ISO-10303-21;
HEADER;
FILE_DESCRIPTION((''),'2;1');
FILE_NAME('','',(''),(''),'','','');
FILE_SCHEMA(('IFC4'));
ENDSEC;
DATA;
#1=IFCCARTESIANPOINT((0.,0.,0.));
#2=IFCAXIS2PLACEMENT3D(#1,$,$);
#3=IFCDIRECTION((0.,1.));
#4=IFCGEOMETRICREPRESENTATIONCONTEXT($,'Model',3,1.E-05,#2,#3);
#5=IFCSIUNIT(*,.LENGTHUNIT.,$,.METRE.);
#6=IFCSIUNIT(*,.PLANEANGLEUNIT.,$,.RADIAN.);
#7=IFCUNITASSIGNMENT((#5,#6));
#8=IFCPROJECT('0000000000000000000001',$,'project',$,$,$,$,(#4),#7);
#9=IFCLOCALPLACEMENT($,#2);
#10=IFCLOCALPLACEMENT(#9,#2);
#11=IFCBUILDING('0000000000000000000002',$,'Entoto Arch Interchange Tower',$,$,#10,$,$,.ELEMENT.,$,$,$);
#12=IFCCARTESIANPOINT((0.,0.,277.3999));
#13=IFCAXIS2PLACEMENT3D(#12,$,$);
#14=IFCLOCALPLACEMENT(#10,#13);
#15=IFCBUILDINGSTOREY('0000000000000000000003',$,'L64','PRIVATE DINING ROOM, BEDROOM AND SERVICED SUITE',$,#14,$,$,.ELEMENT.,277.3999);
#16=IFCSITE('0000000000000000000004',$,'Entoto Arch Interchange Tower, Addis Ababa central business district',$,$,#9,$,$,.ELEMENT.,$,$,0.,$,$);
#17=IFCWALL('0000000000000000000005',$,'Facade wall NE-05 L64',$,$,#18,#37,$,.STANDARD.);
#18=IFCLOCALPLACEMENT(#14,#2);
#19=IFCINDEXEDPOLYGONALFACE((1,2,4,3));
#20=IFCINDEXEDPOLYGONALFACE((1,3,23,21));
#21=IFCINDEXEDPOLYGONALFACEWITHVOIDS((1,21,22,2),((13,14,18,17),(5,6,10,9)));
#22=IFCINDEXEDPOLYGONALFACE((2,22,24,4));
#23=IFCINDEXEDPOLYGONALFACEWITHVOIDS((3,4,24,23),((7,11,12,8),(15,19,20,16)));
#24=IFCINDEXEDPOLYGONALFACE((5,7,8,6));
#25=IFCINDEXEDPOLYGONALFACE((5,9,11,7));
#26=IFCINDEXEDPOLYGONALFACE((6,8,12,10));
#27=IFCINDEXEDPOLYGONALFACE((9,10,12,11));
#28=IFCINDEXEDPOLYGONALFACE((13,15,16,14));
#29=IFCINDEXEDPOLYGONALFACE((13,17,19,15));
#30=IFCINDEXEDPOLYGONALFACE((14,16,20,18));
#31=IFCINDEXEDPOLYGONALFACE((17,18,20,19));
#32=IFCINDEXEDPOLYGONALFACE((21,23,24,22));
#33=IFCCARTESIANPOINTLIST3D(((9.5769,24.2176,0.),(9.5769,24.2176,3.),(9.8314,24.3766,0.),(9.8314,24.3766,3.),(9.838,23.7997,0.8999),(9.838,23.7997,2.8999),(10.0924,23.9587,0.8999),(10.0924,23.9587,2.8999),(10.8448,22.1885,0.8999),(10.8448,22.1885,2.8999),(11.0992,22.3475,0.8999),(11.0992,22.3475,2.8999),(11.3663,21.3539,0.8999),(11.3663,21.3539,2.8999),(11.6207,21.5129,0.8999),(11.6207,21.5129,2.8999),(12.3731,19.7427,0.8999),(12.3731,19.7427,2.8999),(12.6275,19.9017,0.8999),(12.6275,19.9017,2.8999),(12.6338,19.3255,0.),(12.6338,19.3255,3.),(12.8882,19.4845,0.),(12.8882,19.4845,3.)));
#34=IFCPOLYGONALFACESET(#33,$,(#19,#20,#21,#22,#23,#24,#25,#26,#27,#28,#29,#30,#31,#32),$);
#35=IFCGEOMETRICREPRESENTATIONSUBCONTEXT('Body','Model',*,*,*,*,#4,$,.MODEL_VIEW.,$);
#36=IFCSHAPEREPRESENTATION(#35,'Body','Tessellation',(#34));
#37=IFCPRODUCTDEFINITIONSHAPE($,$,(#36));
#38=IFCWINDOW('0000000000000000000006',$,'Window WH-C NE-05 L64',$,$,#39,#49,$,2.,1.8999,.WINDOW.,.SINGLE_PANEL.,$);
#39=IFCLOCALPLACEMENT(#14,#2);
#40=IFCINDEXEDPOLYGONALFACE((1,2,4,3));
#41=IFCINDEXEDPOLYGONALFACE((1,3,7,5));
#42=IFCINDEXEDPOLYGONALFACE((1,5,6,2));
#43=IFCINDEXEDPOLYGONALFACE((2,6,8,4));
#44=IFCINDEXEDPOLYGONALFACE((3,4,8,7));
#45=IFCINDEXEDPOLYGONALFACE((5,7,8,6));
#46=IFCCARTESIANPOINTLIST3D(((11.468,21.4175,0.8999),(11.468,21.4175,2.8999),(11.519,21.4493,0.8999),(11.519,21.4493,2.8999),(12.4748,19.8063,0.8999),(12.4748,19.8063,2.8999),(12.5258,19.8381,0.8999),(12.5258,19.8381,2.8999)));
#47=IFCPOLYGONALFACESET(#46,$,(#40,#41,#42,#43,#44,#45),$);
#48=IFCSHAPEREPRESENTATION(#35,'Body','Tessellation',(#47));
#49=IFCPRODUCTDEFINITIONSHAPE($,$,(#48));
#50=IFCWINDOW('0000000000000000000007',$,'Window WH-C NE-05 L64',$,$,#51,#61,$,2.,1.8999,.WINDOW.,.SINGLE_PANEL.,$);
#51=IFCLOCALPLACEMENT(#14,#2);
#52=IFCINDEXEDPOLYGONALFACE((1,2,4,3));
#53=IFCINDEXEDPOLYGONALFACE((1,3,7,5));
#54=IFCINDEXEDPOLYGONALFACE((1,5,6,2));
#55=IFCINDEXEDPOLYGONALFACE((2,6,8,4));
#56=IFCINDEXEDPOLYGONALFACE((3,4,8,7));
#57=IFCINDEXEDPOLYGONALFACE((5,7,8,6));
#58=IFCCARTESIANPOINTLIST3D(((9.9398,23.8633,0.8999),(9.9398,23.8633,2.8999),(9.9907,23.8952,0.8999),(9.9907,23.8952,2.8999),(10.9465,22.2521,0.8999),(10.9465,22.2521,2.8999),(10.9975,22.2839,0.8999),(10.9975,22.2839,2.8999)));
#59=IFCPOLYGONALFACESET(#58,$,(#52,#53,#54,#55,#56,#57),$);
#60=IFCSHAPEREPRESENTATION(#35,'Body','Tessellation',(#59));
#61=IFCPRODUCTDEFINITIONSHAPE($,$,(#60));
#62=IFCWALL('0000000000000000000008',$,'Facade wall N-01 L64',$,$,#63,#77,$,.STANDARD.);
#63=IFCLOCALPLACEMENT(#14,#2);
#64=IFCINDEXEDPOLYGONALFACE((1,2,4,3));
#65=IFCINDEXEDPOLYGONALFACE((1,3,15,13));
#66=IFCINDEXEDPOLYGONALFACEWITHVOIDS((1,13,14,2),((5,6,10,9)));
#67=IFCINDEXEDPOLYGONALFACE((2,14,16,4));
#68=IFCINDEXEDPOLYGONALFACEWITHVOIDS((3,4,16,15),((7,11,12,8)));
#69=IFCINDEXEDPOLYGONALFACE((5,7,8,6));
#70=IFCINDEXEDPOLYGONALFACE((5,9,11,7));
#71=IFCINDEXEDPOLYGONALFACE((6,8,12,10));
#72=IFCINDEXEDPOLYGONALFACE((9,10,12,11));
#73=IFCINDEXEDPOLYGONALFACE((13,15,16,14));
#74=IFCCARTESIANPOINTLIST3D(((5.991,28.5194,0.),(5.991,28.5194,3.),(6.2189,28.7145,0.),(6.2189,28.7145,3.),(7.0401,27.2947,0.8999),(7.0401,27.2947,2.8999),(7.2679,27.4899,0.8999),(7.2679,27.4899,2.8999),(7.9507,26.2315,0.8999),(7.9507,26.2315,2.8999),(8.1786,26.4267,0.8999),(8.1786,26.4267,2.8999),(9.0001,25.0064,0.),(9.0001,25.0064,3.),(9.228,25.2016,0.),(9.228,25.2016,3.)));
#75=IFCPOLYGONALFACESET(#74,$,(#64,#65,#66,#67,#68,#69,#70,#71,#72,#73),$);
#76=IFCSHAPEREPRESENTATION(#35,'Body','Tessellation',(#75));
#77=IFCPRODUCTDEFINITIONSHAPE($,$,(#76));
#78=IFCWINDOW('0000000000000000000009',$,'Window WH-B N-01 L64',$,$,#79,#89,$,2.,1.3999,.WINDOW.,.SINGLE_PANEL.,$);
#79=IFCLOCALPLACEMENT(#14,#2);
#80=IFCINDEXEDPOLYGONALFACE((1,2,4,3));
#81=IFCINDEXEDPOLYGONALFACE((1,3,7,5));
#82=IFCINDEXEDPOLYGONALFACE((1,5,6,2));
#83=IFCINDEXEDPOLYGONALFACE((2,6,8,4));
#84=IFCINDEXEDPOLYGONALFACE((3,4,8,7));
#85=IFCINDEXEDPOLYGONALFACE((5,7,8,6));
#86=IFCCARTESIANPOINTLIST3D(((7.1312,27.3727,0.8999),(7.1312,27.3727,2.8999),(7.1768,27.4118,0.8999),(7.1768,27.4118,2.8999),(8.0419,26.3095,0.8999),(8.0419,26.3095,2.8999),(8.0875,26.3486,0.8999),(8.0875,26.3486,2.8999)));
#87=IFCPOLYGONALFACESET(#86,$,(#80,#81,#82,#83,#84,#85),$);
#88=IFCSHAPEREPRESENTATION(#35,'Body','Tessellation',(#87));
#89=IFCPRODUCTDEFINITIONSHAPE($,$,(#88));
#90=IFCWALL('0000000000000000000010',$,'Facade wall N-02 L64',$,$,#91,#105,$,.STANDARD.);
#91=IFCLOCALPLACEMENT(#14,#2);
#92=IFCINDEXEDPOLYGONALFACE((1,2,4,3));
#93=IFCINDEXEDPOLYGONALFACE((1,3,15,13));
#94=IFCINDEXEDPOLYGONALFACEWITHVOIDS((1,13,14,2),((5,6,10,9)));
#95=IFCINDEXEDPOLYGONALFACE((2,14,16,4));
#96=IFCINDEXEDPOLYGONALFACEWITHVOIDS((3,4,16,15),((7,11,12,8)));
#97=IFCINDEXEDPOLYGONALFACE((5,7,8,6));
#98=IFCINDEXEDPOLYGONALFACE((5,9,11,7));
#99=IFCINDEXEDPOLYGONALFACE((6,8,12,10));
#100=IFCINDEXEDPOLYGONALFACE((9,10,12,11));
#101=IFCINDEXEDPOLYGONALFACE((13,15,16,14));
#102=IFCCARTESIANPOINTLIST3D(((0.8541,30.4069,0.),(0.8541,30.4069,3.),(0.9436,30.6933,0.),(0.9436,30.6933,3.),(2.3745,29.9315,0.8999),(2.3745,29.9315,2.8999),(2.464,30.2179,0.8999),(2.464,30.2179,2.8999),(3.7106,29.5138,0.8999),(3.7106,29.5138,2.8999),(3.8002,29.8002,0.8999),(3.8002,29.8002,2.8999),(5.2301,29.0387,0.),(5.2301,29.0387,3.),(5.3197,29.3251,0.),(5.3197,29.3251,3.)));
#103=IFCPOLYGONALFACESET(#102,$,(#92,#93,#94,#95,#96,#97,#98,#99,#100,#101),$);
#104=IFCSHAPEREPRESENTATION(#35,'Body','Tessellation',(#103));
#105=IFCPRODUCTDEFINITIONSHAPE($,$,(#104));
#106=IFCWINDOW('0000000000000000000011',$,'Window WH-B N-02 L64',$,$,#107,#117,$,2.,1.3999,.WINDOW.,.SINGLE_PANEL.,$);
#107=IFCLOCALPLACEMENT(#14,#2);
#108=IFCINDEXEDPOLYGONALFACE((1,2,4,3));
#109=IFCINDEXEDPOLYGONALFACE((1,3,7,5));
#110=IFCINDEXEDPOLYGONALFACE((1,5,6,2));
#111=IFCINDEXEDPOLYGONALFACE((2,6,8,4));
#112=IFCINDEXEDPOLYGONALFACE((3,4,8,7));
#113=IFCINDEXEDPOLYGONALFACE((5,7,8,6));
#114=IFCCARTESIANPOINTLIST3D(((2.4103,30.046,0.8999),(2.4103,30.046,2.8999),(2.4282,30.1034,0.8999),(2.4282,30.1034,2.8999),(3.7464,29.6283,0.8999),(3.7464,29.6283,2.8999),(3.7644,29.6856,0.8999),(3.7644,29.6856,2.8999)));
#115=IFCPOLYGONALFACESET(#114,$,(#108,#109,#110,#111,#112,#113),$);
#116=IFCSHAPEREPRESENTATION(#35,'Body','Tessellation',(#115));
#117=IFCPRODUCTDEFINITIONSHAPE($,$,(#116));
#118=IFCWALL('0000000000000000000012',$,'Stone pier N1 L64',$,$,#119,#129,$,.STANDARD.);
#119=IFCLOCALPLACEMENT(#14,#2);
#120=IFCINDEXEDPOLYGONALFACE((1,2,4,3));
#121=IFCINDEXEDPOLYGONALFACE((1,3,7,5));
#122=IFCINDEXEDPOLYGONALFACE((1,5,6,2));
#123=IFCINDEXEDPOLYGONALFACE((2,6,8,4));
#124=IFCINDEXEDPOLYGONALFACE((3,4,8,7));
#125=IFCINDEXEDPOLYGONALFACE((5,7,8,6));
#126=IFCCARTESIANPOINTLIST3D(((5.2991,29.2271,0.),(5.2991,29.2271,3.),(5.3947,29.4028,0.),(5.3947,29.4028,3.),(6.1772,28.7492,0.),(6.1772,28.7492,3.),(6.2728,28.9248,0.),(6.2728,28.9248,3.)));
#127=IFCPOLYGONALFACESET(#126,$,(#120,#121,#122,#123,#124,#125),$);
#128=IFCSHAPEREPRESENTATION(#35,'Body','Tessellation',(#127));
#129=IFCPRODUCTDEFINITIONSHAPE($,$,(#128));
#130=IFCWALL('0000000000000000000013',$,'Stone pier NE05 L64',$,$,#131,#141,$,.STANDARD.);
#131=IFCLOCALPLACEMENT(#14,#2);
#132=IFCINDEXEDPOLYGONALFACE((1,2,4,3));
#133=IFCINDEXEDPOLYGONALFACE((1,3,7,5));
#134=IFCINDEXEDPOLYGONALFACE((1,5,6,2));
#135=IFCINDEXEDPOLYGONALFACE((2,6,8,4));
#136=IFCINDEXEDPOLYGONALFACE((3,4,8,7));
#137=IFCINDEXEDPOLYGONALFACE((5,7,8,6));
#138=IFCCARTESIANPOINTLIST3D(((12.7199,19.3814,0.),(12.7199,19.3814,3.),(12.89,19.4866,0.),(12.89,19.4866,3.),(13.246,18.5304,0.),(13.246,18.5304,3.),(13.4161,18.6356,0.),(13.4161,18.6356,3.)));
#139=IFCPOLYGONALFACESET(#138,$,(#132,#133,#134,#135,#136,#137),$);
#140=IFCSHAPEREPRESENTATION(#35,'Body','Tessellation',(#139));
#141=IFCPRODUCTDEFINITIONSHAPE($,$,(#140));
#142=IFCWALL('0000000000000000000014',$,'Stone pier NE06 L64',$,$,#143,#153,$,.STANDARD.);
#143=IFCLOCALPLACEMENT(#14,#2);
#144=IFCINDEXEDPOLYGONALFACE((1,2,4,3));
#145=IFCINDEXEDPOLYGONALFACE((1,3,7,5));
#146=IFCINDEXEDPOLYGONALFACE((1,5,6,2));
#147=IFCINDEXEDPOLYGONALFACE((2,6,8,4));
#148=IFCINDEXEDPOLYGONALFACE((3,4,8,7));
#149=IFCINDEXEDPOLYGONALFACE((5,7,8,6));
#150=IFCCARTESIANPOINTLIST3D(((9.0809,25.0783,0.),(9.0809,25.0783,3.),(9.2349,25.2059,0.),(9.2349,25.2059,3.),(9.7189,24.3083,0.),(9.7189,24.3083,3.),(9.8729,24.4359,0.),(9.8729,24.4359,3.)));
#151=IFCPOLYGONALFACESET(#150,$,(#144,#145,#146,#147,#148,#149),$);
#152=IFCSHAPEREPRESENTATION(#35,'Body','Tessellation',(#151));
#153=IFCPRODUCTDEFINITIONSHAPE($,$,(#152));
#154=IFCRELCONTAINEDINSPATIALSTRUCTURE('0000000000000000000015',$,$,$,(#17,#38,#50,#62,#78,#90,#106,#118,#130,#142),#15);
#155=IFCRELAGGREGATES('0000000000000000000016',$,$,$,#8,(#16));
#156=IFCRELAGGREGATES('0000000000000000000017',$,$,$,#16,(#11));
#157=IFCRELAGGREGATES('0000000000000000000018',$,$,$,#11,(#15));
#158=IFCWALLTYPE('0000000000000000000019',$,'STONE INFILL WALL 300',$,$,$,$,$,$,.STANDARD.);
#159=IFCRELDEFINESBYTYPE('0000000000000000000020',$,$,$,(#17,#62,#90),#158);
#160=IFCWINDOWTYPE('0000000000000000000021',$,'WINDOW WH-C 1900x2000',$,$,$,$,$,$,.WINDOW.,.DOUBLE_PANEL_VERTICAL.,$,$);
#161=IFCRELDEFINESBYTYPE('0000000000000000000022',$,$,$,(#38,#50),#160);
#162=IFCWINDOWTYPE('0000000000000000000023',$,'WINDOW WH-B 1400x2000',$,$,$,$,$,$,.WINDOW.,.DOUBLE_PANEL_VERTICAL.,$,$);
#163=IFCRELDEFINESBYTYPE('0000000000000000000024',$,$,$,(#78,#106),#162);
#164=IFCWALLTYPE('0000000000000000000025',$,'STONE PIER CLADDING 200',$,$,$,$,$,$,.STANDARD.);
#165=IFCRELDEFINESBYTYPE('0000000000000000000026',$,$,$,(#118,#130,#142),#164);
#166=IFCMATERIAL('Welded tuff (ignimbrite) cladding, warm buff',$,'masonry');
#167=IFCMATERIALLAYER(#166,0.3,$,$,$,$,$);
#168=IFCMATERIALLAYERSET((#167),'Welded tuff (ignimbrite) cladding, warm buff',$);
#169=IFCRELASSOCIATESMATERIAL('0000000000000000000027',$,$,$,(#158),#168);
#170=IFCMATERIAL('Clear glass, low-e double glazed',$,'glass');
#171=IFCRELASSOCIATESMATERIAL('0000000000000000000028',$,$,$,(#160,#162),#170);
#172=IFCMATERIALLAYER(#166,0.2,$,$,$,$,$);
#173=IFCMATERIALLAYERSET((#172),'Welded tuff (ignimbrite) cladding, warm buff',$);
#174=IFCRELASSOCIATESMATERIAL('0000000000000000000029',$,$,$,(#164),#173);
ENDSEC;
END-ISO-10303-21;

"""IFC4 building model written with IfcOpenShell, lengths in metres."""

from ifc_helpers import new_model, si_unit, direction, frame, frame_2d, origin, place, context, subcontext, project, spatial, rectangle, extrude, material, layer, layer_set, type_object, element, fill, save


model = new_model("IFC4")

# Units and contexts
model_context = context("Model", 3, precision=1e-05, world=origin(), true_north=direction((0.0, 1.0)))
body_context = subcontext(model_context, "Body", "Model", "MODEL_VIEW")
ifc_project = project(units=[si_unit("LENGTHUNIT", "METRE"), si_unit("PLANEANGLEUNIT", "RADIAN")], contexts=[model_context])

# Site, building, storey
site_placement = place(None, origin())
site = spatial("IfcSite", under=ifc_project, at=site_placement, Name="Entoto Arch Interchange Tower, Addis Ababa central business district", CompositionType="ELEMENT", RefElevation=0.0)
building_placement = place(site_placement, origin())
building = spatial("IfcBuilding", under=site, at=building_placement, Name="Entoto Arch Interchange Tower", CompositionType="ELEMENT")
storey_placement = place(building_placement, frame((0.0, 0.0, 277.3999)))
storey = spatial("IfcBuildingStorey", under=building, at=storey_placement, Name="L64", Description="PRIVATE DINING ROOM, BEDROOM AND SERVICED SUITE", CompositionType="ELEMENT", Elevation=277.3999)

# Wall, openings, windows
ifc_material_1 = material(Name="Welded tuff (ignimbrite) cladding, warm buff", Category="masonry")
ifc_layer_1 = layer(ifc_material_1, 0.3)
ifc_layer_set_1 = layer_set([ifc_layer_1], Name="Welded tuff (ignimbrite) cladding, warm buff")
wall_type_1 = type_object("IfcWallType", Name="STONE INFILL WALL 300", PredefinedType="STANDARD", material=ifc_layer_set_1)
wall_1_placement = place(storey_placement, frame((12.761, 19.405, 0.0), z_axis=(0.0, 0.0, 1.0), x_axis=(-0.529915, 0.848051, 0.0)))
wall_1 = element("IfcWall", 1, at=wall_1_placement, inside=storey, type_object=wall_type_1, Name="Facade wall NE-05 L64", PredefinedType="STANDARD", context=body_context, shape_type="SweptSolid", body=[
    extrude(rectangle(XDim=5.7686, YDim=0.3, at=frame_2d((2.8843, 0.0))), origin(), (0.0, 0.0, 1.0), 3.0),
])
opening_1_placement = place(wall_1_placement, frame((0.4919, 0.0, 0.8999)))
opening_1 = element("IfcOpeningElement", 2, at=opening_1_placement, cuts=wall_1, PredefinedType="OPENING", context=body_context, shape_type="SweptSolid", body=[
    extrude(rectangle(XDim=1.8999, YDim=2.0, at=frame_2d((0.95, 1.0))), frame((0.0, 0.1602, 0.0), z_axis=(0.0, -1.0, 0.0), x_axis=(1.0, 0.0, 0.0)), (0.0, 0.0, 1.0), 0.3201),
])
opening_2_placement = place(wall_1_placement, frame((3.376, 0.0, 0.8999)))
opening_2 = element("IfcOpeningElement", 3, at=opening_2_placement, cuts=wall_1, PredefinedType="OPENING", context=body_context, shape_type="SweptSolid", body=[
    extrude(rectangle(XDim=1.8999, YDim=2.0, at=frame_2d((0.95, 1.0))), frame((0.0, 0.1602, 0.0), z_axis=(0.0, -1.0, 0.0), x_axis=(1.0, 0.0, 0.0)), (0.0, 0.0, 1.0), 0.3201),
])
ifc_material_2 = material(Name="Clear glass, low-e double glazed", Category="glass")
window_type_1 = type_object("IfcWindowType", Name="WINDOW WH-C 1900x2000", PartitioningType="DOUBLE_PANEL_VERTICAL", PredefinedType="WINDOW", material=ifc_material_2)
window_1_placement = place(opening_1_placement, origin())
window_1 = element("IfcWindow", 4, at=window_1_placement, inside=storey, type_object=window_type_1, Name="Window WH-C NE-05 L64", OverallHeight=2.0, OverallWidth=1.8999, PartitioningType="SINGLE_PANEL", PredefinedType="WINDOW", context=body_context, shape_type="SweptSolid", body=[
    extrude(rectangle(XDim=1.8999, YDim=2.0, at=frame_2d((0.95, 1.0))), frame((0.0, 0.03, 0.0), z_axis=(0.0, -1.0, 0.0), x_axis=(1.0, 0.0, 0.0)), (0.0, 0.0, 1.0), 0.0601),
])
fill(opening_1, window_1)
window_2_placement = place(opening_2_placement, origin())
window_2 = element("IfcWindow", 5, at=window_2_placement, inside=storey, type_object=window_type_1, Name="Window WH-C NE-05 L64", OverallHeight=2.0, OverallWidth=1.8999, PartitioningType="SINGLE_PANEL", PredefinedType="WINDOW", context=body_context, shape_type="SweptSolid", body=[
    extrude(rectangle(XDim=1.8999, YDim=2.0, at=frame_2d((0.95, 1.0))), frame((0.0, 0.03, 0.0), z_axis=(0.0, -1.0, 0.0), x_axis=(1.0, 0.0, 0.0)), (0.0, 0.0, 1.0), 0.0601),
])
fill(opening_2, window_2)

# Walls, openings, windows
wall_2_placement = place(storey_placement, frame((9.114, 25.104, 0.0), z_axis=(0.0, 0.0, 1.0), x_axis=(-0.650535, 0.759476, 0.0)))
wall_2 = element("IfcWall", 6, at=wall_2_placement, inside=storey, type_object=wall_type_1, Name="Facade wall N-01 L64", PredefinedType="STANDARD", context=body_context, shape_type="SweptSolid", body=[
    extrude(rectangle(XDim=4.6255, YDim=0.3, at=frame_2d((2.3127, 0.0))), origin(), (0.0, 0.0, 1.0), 3.0),
])
opening_3_placement = place(wall_2_placement, frame((1.613, 0.0, 0.8999)))
opening_3 = element("IfcOpeningElement", 7, at=opening_3_placement, cuts=wall_2, PredefinedType="OPENING", context=body_context, shape_type="SweptSolid", body=[
    extrude(rectangle(XDim=1.3999, YDim=2.0, at=frame_2d((0.7, 1.0))), frame((0.0, 0.1602, 0.0), z_axis=(0.0, -1.0, 0.0), x_axis=(1.0, 0.0, 0.0)), (0.0, 0.0, 1.0), 0.3201),
])
window_type_2 = type_object("IfcWindowType", Name="WINDOW WH-B 1400x2000", PartitioningType="DOUBLE_PANEL_VERTICAL", PredefinedType="WINDOW", material=ifc_material_2)
window_3_placement = place(opening_3_placement, origin())
window_3 = element("IfcWindow", 8, at=window_3_placement, inside=storey, type_object=window_type_2, Name="Window WH-B N-01 L64", OverallHeight=2.0, OverallWidth=1.3999, PartitioningType="SINGLE_PANEL", PredefinedType="WINDOW", context=body_context, shape_type="SweptSolid", body=[
    extrude(rectangle(XDim=1.3999, YDim=2.0, at=frame_2d((0.7, 1.0))), frame((0.0, 0.03, 0.0), z_axis=(0.0, -1.0, 0.0), x_axis=(1.0, 0.0, 0.0)), (0.0, 0.0, 1.0), 0.0601),
])
fill(opening_3, window_3)
wall_3_placement = place(storey_placement, frame((5.2749, 29.1819, 0.0), z_axis=(0.0, 0.0, 1.0), x_axis=(-0.954438, 0.298408, 0.0)))
wall_3 = element("IfcWall", 9, at=wall_3_placement, inside=storey, type_object=wall_type_1, Name="Facade wall N-02 L64", PredefinedType="STANDARD", context=body_context, shape_type="SweptSolid", body=[
    extrude(rectangle(XDim=4.585, YDim=0.3, at=frame_2d((2.2925, 0.0))), origin(), (0.0, 0.0, 1.0), 3.0),
])
opening_4_placement = place(wall_3_placement, frame((1.592, 0.0, 0.8999)))
opening_4 = element("IfcOpeningElement", 10, at=opening_4_placement, cuts=wall_3, PredefinedType="OPENING", context=body_context, shape_type="SweptSolid", body=[
    extrude(rectangle(XDim=1.3999, YDim=2.0, at=frame_2d((0.7, 1.0))), frame((0.0, 0.1602, 0.0), z_axis=(0.0, -1.0, 0.0), x_axis=(1.0, 0.0, 0.0)), (0.0, 0.0, 1.0), 0.3201),
])
window_4_placement = place(opening_4_placement, origin())
window_4 = element("IfcWindow", 11, at=window_4_placement, inside=storey, type_object=window_type_2, Name="Window WH-B N-02 L64", OverallHeight=2.0, OverallWidth=1.3999, PartitioningType="SINGLE_PANEL", PredefinedType="WINDOW", context=body_context, shape_type="SweptSolid", body=[
    extrude(rectangle(XDim=1.3999, YDim=2.0, at=frame_2d((0.7, 1.0))), frame((0.0, 0.03, 0.0), z_axis=(0.0, -1.0, 0.0), x_axis=(1.0, 0.0, 0.0)), (0.0, 0.0, 1.0), 0.0601),
])
fill(opening_4, window_4)

# Walls
ifc_layer_2 = layer(ifc_material_1, 0.2)
ifc_layer_set_2 = layer_set([ifc_layer_2], Name="Welded tuff (ignimbrite) cladding, warm buff")
wall_type_2 = type_object("IfcWallType", Name="STONE PIER CLADDING 200", PredefinedType="STANDARD", material=ifc_layer_set_2)
wall_4_placement = place(storey_placement, frame((6.2251, 28.8369, 0.0), z_axis=(0.0, 0.0, 1.0), x_axis=(-0.878306, 0.478099, 0.0)))
element("IfcWall", 12, at=wall_4_placement, inside=storey, type_object=wall_type_2, Name="Stone pier N1 L64", PredefinedType="STANDARD", context=body_context, shape_type="SweptSolid", body=[
    extrude(rectangle(XDim=0.9998, YDim=0.2, at=frame_2d((0.5, 0.0))), origin(), (0.0, 0.0, 1.0), 3.0),
])
wall_5_placement = place(storey_placement, frame((13.3311, 18.583, 0.0), z_axis=(0.0, 0.0, 1.0), x_axis=(-0.525825, 0.850593, 0.0)))
element("IfcWall", 13, at=wall_5_placement, inside=storey, type_object=wall_type_2, Name="Stone pier NE05 L64", PredefinedType="STANDARD", context=body_context, shape_type="SweptSolid", body=[
    extrude(rectangle(XDim=1.0005, YDim=0.2, at=frame_2d((0.5002, 0.0))), origin(), (0.0, 0.0, 1.0), 3.0),
])
wall_6_placement = place(storey_placement, frame((9.7959, 24.3721, 0.0), z_axis=(0.0, 0.0, 1.0), x_axis=(-0.637972, 0.770059, 0.0)))
element("IfcWall", 14, at=wall_6_placement, inside=storey, type_object=wall_type_2, Name="Stone pier NE06 L64", PredefinedType="STANDARD", context=body_context, shape_type="SweptSolid", body=[
    extrude(rectangle(XDim=1.0, YDim=0.2, at=frame_2d((0.5, 0.0))), origin(), (0.0, 0.0, 1.0), 3.0),
])

save(model, "model.ifc")
